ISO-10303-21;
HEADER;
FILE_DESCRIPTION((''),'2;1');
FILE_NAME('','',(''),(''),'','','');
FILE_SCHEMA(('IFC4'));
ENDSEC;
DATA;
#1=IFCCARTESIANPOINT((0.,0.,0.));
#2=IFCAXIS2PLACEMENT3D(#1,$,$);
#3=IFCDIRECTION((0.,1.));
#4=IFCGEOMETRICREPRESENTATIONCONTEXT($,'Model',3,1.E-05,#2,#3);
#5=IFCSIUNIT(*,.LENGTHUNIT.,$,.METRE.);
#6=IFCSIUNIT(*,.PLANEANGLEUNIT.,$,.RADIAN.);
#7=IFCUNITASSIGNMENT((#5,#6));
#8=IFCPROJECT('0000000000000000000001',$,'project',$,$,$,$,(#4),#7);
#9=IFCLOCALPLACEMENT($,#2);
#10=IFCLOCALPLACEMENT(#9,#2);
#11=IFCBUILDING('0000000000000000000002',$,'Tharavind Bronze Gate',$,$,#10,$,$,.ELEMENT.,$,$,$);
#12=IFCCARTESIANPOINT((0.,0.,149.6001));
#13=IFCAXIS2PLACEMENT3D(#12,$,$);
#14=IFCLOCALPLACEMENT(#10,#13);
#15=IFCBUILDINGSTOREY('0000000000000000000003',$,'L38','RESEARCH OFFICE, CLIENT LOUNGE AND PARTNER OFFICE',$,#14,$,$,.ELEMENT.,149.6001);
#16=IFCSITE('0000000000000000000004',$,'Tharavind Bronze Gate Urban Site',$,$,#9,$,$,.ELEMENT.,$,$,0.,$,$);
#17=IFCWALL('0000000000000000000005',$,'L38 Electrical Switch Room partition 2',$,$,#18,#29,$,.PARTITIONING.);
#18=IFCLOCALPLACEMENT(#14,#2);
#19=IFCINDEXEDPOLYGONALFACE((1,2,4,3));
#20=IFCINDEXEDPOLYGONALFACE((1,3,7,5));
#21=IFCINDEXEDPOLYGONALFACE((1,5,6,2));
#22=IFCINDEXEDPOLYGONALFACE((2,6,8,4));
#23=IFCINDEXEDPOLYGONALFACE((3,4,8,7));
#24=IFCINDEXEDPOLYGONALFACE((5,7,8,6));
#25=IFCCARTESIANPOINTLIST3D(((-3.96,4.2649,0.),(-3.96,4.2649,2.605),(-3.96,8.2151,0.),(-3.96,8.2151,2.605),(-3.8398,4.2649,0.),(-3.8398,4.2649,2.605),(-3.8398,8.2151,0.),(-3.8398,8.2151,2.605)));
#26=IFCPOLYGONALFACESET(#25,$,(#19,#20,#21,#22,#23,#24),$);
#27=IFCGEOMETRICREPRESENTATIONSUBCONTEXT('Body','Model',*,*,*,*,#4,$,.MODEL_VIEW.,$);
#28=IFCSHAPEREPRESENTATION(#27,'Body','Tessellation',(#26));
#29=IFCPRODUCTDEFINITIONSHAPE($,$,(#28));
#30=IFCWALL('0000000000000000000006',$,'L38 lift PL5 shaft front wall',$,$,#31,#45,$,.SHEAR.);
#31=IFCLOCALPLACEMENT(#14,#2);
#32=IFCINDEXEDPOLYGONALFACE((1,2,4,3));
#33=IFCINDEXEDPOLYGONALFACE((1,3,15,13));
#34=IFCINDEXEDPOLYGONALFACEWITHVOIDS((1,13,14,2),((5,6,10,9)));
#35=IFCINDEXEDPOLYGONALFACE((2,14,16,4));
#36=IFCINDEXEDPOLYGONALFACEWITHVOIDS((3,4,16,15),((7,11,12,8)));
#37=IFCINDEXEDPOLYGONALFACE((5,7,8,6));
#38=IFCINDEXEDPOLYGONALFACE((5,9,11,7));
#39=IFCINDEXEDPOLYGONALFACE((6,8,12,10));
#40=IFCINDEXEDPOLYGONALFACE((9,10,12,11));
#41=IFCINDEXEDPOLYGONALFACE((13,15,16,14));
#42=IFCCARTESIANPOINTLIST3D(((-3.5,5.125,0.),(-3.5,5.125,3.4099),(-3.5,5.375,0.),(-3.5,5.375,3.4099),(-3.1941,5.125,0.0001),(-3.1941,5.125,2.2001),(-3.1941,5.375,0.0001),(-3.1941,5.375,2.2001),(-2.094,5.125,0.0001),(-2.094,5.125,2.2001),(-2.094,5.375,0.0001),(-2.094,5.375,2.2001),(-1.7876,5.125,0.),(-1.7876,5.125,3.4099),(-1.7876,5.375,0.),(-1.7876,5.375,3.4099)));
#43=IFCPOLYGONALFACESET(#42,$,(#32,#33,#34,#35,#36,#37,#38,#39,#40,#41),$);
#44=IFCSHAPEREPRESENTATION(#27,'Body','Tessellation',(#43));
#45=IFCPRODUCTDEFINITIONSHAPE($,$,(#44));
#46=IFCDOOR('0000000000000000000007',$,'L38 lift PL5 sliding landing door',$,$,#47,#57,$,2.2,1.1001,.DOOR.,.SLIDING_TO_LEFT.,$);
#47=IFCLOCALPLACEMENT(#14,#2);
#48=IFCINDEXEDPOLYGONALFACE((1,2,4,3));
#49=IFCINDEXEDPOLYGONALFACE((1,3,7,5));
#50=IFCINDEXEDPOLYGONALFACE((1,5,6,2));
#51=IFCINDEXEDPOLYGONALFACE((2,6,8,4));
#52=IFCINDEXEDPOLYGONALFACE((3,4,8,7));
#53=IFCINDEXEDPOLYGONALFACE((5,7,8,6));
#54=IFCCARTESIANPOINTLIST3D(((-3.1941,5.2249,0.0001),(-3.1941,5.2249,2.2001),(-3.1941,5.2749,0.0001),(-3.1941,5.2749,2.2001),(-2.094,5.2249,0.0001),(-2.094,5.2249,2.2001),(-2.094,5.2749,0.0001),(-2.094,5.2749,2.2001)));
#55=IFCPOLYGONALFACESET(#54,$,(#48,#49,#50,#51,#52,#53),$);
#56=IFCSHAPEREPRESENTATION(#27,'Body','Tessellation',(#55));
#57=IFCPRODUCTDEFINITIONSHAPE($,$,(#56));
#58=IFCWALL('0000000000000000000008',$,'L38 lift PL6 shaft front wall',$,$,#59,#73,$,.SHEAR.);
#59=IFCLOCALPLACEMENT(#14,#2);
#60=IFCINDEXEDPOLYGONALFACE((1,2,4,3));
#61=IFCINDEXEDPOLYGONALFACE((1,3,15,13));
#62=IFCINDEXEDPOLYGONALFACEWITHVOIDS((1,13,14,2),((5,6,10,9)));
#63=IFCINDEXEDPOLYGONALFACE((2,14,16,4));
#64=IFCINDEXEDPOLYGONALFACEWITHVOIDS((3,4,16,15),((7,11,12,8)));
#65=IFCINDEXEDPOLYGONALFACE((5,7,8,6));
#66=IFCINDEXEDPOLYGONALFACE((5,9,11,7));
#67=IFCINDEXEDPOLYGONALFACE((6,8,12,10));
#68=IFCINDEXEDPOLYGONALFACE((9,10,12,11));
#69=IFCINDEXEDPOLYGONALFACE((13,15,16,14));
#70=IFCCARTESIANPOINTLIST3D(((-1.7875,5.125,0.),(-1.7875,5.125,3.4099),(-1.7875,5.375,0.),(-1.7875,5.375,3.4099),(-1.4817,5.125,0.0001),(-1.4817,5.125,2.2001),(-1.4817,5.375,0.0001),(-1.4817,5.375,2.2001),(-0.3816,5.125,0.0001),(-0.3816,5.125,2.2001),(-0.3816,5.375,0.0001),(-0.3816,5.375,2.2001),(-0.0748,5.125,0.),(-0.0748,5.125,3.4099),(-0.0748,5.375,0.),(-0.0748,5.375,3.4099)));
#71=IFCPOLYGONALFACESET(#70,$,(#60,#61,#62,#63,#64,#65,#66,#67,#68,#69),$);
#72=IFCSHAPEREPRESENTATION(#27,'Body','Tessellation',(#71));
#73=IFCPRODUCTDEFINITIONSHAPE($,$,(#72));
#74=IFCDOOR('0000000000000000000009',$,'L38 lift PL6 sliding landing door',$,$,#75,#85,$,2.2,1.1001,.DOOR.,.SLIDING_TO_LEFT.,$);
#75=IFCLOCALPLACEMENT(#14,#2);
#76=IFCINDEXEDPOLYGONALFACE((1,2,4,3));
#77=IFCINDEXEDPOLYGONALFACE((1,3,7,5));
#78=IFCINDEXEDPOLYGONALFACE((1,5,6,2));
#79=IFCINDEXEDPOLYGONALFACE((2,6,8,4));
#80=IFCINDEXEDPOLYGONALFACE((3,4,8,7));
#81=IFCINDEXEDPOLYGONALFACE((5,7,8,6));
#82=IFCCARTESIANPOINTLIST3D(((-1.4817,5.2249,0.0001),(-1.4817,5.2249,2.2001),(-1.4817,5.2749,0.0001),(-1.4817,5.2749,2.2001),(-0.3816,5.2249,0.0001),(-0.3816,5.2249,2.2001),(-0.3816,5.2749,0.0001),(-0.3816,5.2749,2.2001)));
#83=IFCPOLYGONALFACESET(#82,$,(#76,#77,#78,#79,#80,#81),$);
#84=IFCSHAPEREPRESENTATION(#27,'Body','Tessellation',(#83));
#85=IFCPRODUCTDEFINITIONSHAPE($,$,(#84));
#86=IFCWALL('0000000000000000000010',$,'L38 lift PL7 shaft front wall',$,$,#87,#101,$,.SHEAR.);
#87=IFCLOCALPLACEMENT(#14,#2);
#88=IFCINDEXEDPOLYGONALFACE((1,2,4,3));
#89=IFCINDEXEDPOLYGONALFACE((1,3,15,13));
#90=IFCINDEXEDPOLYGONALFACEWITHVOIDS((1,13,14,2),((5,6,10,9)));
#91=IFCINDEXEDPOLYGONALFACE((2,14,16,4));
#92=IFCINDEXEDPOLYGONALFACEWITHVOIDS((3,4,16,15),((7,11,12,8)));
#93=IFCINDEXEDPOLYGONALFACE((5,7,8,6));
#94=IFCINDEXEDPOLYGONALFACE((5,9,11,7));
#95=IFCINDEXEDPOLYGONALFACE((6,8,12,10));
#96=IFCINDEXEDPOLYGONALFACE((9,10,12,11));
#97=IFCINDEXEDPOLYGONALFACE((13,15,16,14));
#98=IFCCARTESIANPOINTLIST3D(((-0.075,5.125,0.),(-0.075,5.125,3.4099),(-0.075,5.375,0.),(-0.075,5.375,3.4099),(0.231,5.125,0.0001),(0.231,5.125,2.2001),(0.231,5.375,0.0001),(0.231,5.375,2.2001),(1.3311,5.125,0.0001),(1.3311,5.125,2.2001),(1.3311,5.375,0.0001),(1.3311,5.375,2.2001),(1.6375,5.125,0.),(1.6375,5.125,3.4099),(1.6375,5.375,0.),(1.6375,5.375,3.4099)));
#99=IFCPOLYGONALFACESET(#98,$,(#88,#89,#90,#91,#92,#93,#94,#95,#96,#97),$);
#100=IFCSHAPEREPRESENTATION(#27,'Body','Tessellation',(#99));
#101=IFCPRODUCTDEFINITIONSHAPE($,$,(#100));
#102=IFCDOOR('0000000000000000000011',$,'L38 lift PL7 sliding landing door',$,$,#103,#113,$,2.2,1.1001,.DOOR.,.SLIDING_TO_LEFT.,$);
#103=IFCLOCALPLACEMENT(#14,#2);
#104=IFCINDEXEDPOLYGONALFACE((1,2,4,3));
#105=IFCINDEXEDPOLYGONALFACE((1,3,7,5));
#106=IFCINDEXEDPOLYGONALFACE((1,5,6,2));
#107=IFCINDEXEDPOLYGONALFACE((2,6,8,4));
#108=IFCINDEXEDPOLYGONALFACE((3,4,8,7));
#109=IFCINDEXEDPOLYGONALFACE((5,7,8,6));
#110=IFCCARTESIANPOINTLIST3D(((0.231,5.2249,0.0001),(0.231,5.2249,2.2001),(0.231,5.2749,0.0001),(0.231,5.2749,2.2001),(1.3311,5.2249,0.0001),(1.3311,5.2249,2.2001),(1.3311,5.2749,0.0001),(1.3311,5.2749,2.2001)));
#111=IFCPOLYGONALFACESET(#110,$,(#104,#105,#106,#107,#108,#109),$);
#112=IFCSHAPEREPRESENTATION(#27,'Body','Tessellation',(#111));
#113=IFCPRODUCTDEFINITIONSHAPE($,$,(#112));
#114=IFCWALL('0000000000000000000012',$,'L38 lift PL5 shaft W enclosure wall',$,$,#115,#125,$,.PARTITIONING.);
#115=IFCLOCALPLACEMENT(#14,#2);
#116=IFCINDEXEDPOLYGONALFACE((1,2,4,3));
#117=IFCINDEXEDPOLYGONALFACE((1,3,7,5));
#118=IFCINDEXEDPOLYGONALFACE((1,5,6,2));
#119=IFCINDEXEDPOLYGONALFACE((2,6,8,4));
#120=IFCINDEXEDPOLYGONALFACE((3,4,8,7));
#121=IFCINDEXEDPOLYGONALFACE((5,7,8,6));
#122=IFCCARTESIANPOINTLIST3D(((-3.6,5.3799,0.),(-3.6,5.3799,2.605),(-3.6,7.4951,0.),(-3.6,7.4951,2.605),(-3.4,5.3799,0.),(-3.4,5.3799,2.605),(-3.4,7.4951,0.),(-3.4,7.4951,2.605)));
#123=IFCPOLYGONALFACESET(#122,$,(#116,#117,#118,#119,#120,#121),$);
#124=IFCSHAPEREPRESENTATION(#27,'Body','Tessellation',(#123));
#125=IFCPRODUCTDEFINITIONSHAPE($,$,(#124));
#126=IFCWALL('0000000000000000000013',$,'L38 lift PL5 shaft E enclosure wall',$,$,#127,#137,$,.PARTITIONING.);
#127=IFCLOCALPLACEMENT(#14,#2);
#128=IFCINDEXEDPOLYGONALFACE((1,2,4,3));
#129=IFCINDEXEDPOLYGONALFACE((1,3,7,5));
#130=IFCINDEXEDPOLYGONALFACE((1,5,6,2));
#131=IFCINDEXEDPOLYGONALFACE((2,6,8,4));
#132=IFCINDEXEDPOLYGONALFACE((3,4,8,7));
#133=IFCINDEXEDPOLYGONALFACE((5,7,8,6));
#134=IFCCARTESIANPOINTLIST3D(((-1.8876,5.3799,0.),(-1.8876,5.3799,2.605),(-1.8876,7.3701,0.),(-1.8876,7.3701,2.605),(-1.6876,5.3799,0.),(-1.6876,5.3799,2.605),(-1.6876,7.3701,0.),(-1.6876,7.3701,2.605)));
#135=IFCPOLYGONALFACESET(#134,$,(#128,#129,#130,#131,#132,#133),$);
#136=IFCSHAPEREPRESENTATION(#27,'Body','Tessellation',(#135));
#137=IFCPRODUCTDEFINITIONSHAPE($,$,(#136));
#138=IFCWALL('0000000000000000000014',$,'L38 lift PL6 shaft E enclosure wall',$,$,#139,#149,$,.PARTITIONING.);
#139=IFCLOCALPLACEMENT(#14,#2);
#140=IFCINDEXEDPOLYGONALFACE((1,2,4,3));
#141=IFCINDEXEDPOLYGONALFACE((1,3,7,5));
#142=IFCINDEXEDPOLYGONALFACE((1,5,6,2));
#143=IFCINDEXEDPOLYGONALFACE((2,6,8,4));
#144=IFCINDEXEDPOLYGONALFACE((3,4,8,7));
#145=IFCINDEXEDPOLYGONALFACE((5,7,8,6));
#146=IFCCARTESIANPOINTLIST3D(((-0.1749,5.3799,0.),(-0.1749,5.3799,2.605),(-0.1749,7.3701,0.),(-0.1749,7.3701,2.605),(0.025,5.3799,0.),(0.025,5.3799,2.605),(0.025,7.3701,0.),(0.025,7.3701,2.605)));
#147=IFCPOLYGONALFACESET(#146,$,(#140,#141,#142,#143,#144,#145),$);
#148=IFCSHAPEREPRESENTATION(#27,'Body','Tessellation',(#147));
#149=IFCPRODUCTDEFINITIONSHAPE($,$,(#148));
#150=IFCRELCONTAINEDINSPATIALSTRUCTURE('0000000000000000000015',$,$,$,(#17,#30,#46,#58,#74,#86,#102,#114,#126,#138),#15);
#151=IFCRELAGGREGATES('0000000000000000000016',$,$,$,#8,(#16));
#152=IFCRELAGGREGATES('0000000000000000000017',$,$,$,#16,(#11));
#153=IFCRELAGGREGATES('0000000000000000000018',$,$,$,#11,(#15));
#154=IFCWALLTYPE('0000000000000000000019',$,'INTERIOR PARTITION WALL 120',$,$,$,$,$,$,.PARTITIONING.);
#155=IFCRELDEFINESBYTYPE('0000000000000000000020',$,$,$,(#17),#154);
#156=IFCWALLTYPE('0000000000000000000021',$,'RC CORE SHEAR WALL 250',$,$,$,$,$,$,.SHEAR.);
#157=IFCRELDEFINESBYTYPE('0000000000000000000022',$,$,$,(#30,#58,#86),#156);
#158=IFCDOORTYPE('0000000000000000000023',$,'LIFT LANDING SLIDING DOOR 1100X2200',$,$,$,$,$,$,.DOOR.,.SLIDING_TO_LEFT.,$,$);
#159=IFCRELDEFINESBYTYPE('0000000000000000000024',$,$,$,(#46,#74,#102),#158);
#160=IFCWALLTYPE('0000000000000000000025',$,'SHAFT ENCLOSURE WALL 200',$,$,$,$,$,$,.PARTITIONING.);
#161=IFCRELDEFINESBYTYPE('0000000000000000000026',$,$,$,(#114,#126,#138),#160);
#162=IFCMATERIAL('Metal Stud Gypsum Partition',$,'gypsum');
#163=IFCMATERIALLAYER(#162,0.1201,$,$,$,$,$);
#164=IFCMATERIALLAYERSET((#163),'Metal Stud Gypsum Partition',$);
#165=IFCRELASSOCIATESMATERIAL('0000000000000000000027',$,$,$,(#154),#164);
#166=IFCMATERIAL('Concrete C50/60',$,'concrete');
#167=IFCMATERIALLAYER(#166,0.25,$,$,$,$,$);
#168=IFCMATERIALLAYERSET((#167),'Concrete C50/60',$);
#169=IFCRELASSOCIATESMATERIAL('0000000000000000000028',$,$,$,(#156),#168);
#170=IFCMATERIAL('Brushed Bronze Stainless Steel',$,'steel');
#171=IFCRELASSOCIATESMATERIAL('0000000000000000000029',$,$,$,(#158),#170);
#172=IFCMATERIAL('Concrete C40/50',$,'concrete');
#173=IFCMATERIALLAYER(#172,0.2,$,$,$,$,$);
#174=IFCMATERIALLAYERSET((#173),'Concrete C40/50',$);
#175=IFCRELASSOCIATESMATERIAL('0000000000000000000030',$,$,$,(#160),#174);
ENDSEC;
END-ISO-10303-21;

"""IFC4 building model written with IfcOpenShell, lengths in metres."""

from ifc_helpers import new_model, si_unit, direction, frame, frame_2d, origin, place, context, subcontext, project, spatial, rectangle, extrude, material, layer, layer_set, type_object, element, fill, save


model = new_model("IFC4")

# Units and contexts
model_context = context("Model", 3, precision=1e-05, world=origin(), true_north=direction((0.0, 1.0)))
body_context = subcontext(model_context, "Body", "Model", "MODEL_VIEW")
ifc_project = project(units=[si_unit("LENGTHUNIT", "METRE"), si_unit("PLANEANGLEUNIT", "RADIAN")], contexts=[model_context])

# Site, building, storey
site_placement = place(None, origin())
site = spatial("IfcSite", under=ifc_project, at=site_placement, Name="Tharavind Bronze Gate Urban Site", CompositionType="ELEMENT", RefElevation=0.0)
building_placement = place(site_placement, origin())
building = spatial("IfcBuilding", under=site, at=building_placement, Name="Tharavind Bronze Gate", CompositionType="ELEMENT")
storey_placement = place(building_placement, frame((0.0, 0.0, 149.6001)))
storey = spatial("IfcBuildingStorey", under=building, at=storey_placement, Name="L38", Description="RESEARCH OFFICE, CLIENT LOUNGE AND PARTNER OFFICE", CompositionType="ELEMENT", Elevation=149.6001)

# Shared definitions
ifc_material_1 = material(Name="Metal Stud Gypsum Partition", Category="gypsum")
ifc_layer_1 = layer(ifc_material_1, 0.1201)
ifc_layer_set_1 = layer_set([ifc_layer_1], Name="Metal Stud Gypsum Partition")
wall_type_1 = type_object("IfcWallType", Name="INTERIOR PARTITION WALL 120", PredefinedType="PARTITIONING", material=ifc_layer_set_1)

# Wall
wall_1_placement = place(storey_placement, frame((-3.8999, 4.2649, 0.0), z_axis=(0.0, 0.0, 1.0), x_axis=(0.0, 1.0, 0.0)))
element("IfcWall", 1, at=wall_1_placement, inside=storey, type_object=wall_type_1, Name="L38 Electrical Switch Room partition 2", PredefinedType="PARTITIONING", context=body_context, shape_type="SweptSolid", body=[
    extrude(rectangle(XDim=3.9502, YDim=0.1201, at=frame_2d((1.9751, 0.0))), origin(), (0.0, 0.0, 1.0), 2.605),
])

# Walls, openings, doors
ifc_material_2 = material(Name="Concrete C50/60", Category="concrete")
ifc_layer_2 = layer(ifc_material_2, 0.25)
ifc_layer_set_2 = layer_set([ifc_layer_2], Name="Concrete C50/60")
wall_type_2 = type_object("IfcWallType", Name="RC CORE SHEAR WALL 250", PredefinedType="SHEAR", material=ifc_layer_set_2)
wall_2_placement = place(storey_placement, frame((-3.5, 5.25, 0.0), z_axis=(0.0, 0.0, 1.0), x_axis=(1.0, 0.0, 0.0)))
wall_2 = element("IfcWall", 2, at=wall_2_placement, inside=storey, type_object=wall_type_2, Name="L38 lift PL5 shaft front wall", PredefinedType="SHEAR", context=body_context, shape_type="SweptSolid", body=[
    extrude(rectangle(XDim=1.7124, YDim=0.25, at=frame_2d((0.8562, 0.0))), origin(), (0.0, 0.0, 1.0), 3.4099),
])
opening_1_placement = place(wall_2_placement, frame((0.3059, 0.0, 0.0)))
opening_1 = element("IfcOpeningElement", 3, at=opening_1_placement, cuts=wall_2, PredefinedType="OPENING", context=body_context, shape_type="SweptSolid", body=[
    extrude(rectangle(XDim=1.1001, YDim=2.2, at=frame_2d((0.55, 1.1001))), frame((0.0, 0.135, 0.0), z_axis=(0.0, -1.0, 0.0), x_axis=(1.0, 0.0, 0.0)), (0.0, 0.0, 1.0), 0.27),
])
ifc_material_3 = material(Name="Brushed Bronze Stainless Steel", Category="steel")
door_type_1 = type_object("IfcDoorType", Name="LIFT LANDING SLIDING DOOR 1100X2200", OperationType="SLIDING_TO_LEFT", PredefinedType="DOOR", material=ifc_material_3)
door_1_placement = place(opening_1_placement, origin())
door_1 = element("IfcDoor", 4, at=door_1_placement, inside=storey, type_object=door_type_1, Name="L38 lift PL5 sliding landing door", OperationType="SLIDING_TO_LEFT", OverallHeight=2.2, OverallWidth=1.1001, PredefinedType="DOOR", context=body_context, shape_type="SweptSolid", body=[
    extrude(rectangle(XDim=1.1001, YDim=2.2, at=frame_2d((0.55, 1.1001))), frame((0.0, 0.0249, 0.0), z_axis=(0.0, -1.0, 0.0), x_axis=(1.0, 0.0, 0.0)), (0.0, 0.0, 1.0), 0.05),
])
fill(opening_1, door_1)
wall_3_placement = place(storey_placement, frame((-1.7876, 5.25, 0.0), z_axis=(0.0, 0.0, 1.0), x_axis=(1.0, 0.0, 0.0)))
wall_3 = element("IfcWall", 5, at=wall_3_placement, inside=storey, type_object=wall_type_2, Name="L38 lift PL6 shaft front wall", PredefinedType="SHEAR", context=body_context, shape_type="SweptSolid", body=[
    extrude(rectangle(XDim=1.7126, YDim=0.25, at=frame_2d((0.8564, 0.0))), origin(), (0.0, 0.0, 1.0), 3.4099),
])
opening_2_placement = place(wall_3_placement, frame((0.3059, 0.0, 0.0)))
opening_2 = element("IfcOpeningElement", 6, at=opening_2_placement, cuts=wall_3, PredefinedType="OPENING", context=body_context, shape_type="SweptSolid", body=[
    extrude(rectangle(XDim=1.1001, YDim=2.2, at=frame_2d((0.55, 1.1001))), frame((0.0, 0.135, 0.0), z_axis=(0.0, -1.0, 0.0), x_axis=(1.0, 0.0, 0.0)), (0.0, 0.0, 1.0), 0.27),
])
door_2_placement = place(opening_2_placement, origin())
door_2 = element("IfcDoor", 7, at=door_2_placement, inside=storey, type_object=door_type_1, Name="L38 lift PL6 sliding landing door", OperationType="SLIDING_TO_LEFT", OverallHeight=2.2, OverallWidth=1.1001, PredefinedType="DOOR", context=body_context, shape_type="SweptSolid", body=[
    extrude(rectangle(XDim=1.1001, YDim=2.2, at=frame_2d((0.55, 1.1001))), frame((0.0, 0.0249, 0.0), z_axis=(0.0, -1.0, 0.0), x_axis=(1.0, 0.0, 0.0)), (0.0, 0.0, 1.0), 0.05),
])
fill(opening_2, door_2)
wall_4_placement = place(storey_placement, frame((-0.075, 5.25, 0.0), z_axis=(0.0, 0.0, 1.0), x_axis=(1.0, 0.0, 0.0)))
wall_4 = element("IfcWall", 8, at=wall_4_placement, inside=storey, type_object=wall_type_2, Name="L38 lift PL7 shaft front wall", PredefinedType="SHEAR", context=body_context, shape_type="SweptSolid", body=[
    extrude(rectangle(XDim=1.7124, YDim=0.25, at=frame_2d((0.8562, 0.0))), origin(), (0.0, 0.0, 1.0), 3.4099),
])
opening_3_placement = place(wall_4_placement, frame((0.3059, 0.0, 0.0)))
opening_3 = element("IfcOpeningElement", 9, at=opening_3_placement, cuts=wall_4, PredefinedType="OPENING", context=body_context, shape_type="SweptSolid", body=[
    extrude(rectangle(XDim=1.1001, YDim=2.2, at=frame_2d((0.55, 1.1001))), frame((0.0, 0.135, 0.0), z_axis=(0.0, -1.0, 0.0), x_axis=(1.0, 0.0, 0.0)), (0.0, 0.0, 1.0), 0.27),
])
door_3_placement = place(opening_3_placement, origin())
door_3 = element("IfcDoor", 10, at=door_3_placement, inside=storey, type_object=door_type_1, Name="L38 lift PL7 sliding landing door", OperationType="SLIDING_TO_LEFT", OverallHeight=2.2, OverallWidth=1.1001, PredefinedType="DOOR", context=body_context, shape_type="SweptSolid", body=[
    extrude(rectangle(XDim=1.1001, YDim=2.2, at=frame_2d((0.55, 1.1001))), frame((0.0, 0.0249, 0.0), z_axis=(0.0, -1.0, 0.0), x_axis=(1.0, 0.0, 0.0)), (0.0, 0.0, 1.0), 0.05),
])
fill(opening_3, door_3)

# Walls
ifc_material_4 = material(Name="Concrete C40/50", Category="concrete")
ifc_layer_3 = layer(ifc_material_4, 0.2)
ifc_layer_set_3 = layer_set([ifc_layer_3], Name="Concrete C40/50")
wall_type_3 = type_object("IfcWallType", Name="SHAFT ENCLOSURE WALL 200", PredefinedType="PARTITIONING", material=ifc_layer_set_3)
wall_5_placement = place(storey_placement, frame((-3.5, 5.3799, 0.0), z_axis=(0.0, 0.0, 1.0), x_axis=(0.0, 1.0, 0.0)))
element("IfcWall", 11, at=wall_5_placement, inside=storey, type_object=wall_type_3, Name="L38 lift PL5 shaft W enclosure wall", PredefinedType="PARTITIONING", context=body_context, shape_type="SweptSolid", body=[
    extrude(rectangle(XDim=2.1152, YDim=0.2, at=frame_2d((1.0576, 0.0))), origin(), (0.0, 0.0, 1.0), 2.605),
])
for number, where, z_axis, x_axis, name in (
    (12, (-1.7876, 5.3799, 0.0), (0.0, 0.0, 1.0), (0.0, 1.0, 0.0), "L38 lift PL5 shaft E enclosure wall"),
    (13, (-0.075, 5.3799, 0.0), (0.0, 0.0, 1.0), (0.0, 1.0, 0.0), "L38 lift PL6 shaft E enclosure wall"),
):
    element("IfcWall", number, at=place(storey_placement, frame(where, z_axis=z_axis, x_axis=x_axis)), inside=storey, type_object=wall_type_3, Name=name, PredefinedType="PARTITIONING", context=body_context, shape_type="SweptSolid", body=[
        extrude(rectangle(XDim=1.9902, YDim=0.2, at=frame_2d((0.9951, 0.0))), origin(), (0.0, 0.0, 1.0), 2.605),
    ])

save(model, "model.ifc")
